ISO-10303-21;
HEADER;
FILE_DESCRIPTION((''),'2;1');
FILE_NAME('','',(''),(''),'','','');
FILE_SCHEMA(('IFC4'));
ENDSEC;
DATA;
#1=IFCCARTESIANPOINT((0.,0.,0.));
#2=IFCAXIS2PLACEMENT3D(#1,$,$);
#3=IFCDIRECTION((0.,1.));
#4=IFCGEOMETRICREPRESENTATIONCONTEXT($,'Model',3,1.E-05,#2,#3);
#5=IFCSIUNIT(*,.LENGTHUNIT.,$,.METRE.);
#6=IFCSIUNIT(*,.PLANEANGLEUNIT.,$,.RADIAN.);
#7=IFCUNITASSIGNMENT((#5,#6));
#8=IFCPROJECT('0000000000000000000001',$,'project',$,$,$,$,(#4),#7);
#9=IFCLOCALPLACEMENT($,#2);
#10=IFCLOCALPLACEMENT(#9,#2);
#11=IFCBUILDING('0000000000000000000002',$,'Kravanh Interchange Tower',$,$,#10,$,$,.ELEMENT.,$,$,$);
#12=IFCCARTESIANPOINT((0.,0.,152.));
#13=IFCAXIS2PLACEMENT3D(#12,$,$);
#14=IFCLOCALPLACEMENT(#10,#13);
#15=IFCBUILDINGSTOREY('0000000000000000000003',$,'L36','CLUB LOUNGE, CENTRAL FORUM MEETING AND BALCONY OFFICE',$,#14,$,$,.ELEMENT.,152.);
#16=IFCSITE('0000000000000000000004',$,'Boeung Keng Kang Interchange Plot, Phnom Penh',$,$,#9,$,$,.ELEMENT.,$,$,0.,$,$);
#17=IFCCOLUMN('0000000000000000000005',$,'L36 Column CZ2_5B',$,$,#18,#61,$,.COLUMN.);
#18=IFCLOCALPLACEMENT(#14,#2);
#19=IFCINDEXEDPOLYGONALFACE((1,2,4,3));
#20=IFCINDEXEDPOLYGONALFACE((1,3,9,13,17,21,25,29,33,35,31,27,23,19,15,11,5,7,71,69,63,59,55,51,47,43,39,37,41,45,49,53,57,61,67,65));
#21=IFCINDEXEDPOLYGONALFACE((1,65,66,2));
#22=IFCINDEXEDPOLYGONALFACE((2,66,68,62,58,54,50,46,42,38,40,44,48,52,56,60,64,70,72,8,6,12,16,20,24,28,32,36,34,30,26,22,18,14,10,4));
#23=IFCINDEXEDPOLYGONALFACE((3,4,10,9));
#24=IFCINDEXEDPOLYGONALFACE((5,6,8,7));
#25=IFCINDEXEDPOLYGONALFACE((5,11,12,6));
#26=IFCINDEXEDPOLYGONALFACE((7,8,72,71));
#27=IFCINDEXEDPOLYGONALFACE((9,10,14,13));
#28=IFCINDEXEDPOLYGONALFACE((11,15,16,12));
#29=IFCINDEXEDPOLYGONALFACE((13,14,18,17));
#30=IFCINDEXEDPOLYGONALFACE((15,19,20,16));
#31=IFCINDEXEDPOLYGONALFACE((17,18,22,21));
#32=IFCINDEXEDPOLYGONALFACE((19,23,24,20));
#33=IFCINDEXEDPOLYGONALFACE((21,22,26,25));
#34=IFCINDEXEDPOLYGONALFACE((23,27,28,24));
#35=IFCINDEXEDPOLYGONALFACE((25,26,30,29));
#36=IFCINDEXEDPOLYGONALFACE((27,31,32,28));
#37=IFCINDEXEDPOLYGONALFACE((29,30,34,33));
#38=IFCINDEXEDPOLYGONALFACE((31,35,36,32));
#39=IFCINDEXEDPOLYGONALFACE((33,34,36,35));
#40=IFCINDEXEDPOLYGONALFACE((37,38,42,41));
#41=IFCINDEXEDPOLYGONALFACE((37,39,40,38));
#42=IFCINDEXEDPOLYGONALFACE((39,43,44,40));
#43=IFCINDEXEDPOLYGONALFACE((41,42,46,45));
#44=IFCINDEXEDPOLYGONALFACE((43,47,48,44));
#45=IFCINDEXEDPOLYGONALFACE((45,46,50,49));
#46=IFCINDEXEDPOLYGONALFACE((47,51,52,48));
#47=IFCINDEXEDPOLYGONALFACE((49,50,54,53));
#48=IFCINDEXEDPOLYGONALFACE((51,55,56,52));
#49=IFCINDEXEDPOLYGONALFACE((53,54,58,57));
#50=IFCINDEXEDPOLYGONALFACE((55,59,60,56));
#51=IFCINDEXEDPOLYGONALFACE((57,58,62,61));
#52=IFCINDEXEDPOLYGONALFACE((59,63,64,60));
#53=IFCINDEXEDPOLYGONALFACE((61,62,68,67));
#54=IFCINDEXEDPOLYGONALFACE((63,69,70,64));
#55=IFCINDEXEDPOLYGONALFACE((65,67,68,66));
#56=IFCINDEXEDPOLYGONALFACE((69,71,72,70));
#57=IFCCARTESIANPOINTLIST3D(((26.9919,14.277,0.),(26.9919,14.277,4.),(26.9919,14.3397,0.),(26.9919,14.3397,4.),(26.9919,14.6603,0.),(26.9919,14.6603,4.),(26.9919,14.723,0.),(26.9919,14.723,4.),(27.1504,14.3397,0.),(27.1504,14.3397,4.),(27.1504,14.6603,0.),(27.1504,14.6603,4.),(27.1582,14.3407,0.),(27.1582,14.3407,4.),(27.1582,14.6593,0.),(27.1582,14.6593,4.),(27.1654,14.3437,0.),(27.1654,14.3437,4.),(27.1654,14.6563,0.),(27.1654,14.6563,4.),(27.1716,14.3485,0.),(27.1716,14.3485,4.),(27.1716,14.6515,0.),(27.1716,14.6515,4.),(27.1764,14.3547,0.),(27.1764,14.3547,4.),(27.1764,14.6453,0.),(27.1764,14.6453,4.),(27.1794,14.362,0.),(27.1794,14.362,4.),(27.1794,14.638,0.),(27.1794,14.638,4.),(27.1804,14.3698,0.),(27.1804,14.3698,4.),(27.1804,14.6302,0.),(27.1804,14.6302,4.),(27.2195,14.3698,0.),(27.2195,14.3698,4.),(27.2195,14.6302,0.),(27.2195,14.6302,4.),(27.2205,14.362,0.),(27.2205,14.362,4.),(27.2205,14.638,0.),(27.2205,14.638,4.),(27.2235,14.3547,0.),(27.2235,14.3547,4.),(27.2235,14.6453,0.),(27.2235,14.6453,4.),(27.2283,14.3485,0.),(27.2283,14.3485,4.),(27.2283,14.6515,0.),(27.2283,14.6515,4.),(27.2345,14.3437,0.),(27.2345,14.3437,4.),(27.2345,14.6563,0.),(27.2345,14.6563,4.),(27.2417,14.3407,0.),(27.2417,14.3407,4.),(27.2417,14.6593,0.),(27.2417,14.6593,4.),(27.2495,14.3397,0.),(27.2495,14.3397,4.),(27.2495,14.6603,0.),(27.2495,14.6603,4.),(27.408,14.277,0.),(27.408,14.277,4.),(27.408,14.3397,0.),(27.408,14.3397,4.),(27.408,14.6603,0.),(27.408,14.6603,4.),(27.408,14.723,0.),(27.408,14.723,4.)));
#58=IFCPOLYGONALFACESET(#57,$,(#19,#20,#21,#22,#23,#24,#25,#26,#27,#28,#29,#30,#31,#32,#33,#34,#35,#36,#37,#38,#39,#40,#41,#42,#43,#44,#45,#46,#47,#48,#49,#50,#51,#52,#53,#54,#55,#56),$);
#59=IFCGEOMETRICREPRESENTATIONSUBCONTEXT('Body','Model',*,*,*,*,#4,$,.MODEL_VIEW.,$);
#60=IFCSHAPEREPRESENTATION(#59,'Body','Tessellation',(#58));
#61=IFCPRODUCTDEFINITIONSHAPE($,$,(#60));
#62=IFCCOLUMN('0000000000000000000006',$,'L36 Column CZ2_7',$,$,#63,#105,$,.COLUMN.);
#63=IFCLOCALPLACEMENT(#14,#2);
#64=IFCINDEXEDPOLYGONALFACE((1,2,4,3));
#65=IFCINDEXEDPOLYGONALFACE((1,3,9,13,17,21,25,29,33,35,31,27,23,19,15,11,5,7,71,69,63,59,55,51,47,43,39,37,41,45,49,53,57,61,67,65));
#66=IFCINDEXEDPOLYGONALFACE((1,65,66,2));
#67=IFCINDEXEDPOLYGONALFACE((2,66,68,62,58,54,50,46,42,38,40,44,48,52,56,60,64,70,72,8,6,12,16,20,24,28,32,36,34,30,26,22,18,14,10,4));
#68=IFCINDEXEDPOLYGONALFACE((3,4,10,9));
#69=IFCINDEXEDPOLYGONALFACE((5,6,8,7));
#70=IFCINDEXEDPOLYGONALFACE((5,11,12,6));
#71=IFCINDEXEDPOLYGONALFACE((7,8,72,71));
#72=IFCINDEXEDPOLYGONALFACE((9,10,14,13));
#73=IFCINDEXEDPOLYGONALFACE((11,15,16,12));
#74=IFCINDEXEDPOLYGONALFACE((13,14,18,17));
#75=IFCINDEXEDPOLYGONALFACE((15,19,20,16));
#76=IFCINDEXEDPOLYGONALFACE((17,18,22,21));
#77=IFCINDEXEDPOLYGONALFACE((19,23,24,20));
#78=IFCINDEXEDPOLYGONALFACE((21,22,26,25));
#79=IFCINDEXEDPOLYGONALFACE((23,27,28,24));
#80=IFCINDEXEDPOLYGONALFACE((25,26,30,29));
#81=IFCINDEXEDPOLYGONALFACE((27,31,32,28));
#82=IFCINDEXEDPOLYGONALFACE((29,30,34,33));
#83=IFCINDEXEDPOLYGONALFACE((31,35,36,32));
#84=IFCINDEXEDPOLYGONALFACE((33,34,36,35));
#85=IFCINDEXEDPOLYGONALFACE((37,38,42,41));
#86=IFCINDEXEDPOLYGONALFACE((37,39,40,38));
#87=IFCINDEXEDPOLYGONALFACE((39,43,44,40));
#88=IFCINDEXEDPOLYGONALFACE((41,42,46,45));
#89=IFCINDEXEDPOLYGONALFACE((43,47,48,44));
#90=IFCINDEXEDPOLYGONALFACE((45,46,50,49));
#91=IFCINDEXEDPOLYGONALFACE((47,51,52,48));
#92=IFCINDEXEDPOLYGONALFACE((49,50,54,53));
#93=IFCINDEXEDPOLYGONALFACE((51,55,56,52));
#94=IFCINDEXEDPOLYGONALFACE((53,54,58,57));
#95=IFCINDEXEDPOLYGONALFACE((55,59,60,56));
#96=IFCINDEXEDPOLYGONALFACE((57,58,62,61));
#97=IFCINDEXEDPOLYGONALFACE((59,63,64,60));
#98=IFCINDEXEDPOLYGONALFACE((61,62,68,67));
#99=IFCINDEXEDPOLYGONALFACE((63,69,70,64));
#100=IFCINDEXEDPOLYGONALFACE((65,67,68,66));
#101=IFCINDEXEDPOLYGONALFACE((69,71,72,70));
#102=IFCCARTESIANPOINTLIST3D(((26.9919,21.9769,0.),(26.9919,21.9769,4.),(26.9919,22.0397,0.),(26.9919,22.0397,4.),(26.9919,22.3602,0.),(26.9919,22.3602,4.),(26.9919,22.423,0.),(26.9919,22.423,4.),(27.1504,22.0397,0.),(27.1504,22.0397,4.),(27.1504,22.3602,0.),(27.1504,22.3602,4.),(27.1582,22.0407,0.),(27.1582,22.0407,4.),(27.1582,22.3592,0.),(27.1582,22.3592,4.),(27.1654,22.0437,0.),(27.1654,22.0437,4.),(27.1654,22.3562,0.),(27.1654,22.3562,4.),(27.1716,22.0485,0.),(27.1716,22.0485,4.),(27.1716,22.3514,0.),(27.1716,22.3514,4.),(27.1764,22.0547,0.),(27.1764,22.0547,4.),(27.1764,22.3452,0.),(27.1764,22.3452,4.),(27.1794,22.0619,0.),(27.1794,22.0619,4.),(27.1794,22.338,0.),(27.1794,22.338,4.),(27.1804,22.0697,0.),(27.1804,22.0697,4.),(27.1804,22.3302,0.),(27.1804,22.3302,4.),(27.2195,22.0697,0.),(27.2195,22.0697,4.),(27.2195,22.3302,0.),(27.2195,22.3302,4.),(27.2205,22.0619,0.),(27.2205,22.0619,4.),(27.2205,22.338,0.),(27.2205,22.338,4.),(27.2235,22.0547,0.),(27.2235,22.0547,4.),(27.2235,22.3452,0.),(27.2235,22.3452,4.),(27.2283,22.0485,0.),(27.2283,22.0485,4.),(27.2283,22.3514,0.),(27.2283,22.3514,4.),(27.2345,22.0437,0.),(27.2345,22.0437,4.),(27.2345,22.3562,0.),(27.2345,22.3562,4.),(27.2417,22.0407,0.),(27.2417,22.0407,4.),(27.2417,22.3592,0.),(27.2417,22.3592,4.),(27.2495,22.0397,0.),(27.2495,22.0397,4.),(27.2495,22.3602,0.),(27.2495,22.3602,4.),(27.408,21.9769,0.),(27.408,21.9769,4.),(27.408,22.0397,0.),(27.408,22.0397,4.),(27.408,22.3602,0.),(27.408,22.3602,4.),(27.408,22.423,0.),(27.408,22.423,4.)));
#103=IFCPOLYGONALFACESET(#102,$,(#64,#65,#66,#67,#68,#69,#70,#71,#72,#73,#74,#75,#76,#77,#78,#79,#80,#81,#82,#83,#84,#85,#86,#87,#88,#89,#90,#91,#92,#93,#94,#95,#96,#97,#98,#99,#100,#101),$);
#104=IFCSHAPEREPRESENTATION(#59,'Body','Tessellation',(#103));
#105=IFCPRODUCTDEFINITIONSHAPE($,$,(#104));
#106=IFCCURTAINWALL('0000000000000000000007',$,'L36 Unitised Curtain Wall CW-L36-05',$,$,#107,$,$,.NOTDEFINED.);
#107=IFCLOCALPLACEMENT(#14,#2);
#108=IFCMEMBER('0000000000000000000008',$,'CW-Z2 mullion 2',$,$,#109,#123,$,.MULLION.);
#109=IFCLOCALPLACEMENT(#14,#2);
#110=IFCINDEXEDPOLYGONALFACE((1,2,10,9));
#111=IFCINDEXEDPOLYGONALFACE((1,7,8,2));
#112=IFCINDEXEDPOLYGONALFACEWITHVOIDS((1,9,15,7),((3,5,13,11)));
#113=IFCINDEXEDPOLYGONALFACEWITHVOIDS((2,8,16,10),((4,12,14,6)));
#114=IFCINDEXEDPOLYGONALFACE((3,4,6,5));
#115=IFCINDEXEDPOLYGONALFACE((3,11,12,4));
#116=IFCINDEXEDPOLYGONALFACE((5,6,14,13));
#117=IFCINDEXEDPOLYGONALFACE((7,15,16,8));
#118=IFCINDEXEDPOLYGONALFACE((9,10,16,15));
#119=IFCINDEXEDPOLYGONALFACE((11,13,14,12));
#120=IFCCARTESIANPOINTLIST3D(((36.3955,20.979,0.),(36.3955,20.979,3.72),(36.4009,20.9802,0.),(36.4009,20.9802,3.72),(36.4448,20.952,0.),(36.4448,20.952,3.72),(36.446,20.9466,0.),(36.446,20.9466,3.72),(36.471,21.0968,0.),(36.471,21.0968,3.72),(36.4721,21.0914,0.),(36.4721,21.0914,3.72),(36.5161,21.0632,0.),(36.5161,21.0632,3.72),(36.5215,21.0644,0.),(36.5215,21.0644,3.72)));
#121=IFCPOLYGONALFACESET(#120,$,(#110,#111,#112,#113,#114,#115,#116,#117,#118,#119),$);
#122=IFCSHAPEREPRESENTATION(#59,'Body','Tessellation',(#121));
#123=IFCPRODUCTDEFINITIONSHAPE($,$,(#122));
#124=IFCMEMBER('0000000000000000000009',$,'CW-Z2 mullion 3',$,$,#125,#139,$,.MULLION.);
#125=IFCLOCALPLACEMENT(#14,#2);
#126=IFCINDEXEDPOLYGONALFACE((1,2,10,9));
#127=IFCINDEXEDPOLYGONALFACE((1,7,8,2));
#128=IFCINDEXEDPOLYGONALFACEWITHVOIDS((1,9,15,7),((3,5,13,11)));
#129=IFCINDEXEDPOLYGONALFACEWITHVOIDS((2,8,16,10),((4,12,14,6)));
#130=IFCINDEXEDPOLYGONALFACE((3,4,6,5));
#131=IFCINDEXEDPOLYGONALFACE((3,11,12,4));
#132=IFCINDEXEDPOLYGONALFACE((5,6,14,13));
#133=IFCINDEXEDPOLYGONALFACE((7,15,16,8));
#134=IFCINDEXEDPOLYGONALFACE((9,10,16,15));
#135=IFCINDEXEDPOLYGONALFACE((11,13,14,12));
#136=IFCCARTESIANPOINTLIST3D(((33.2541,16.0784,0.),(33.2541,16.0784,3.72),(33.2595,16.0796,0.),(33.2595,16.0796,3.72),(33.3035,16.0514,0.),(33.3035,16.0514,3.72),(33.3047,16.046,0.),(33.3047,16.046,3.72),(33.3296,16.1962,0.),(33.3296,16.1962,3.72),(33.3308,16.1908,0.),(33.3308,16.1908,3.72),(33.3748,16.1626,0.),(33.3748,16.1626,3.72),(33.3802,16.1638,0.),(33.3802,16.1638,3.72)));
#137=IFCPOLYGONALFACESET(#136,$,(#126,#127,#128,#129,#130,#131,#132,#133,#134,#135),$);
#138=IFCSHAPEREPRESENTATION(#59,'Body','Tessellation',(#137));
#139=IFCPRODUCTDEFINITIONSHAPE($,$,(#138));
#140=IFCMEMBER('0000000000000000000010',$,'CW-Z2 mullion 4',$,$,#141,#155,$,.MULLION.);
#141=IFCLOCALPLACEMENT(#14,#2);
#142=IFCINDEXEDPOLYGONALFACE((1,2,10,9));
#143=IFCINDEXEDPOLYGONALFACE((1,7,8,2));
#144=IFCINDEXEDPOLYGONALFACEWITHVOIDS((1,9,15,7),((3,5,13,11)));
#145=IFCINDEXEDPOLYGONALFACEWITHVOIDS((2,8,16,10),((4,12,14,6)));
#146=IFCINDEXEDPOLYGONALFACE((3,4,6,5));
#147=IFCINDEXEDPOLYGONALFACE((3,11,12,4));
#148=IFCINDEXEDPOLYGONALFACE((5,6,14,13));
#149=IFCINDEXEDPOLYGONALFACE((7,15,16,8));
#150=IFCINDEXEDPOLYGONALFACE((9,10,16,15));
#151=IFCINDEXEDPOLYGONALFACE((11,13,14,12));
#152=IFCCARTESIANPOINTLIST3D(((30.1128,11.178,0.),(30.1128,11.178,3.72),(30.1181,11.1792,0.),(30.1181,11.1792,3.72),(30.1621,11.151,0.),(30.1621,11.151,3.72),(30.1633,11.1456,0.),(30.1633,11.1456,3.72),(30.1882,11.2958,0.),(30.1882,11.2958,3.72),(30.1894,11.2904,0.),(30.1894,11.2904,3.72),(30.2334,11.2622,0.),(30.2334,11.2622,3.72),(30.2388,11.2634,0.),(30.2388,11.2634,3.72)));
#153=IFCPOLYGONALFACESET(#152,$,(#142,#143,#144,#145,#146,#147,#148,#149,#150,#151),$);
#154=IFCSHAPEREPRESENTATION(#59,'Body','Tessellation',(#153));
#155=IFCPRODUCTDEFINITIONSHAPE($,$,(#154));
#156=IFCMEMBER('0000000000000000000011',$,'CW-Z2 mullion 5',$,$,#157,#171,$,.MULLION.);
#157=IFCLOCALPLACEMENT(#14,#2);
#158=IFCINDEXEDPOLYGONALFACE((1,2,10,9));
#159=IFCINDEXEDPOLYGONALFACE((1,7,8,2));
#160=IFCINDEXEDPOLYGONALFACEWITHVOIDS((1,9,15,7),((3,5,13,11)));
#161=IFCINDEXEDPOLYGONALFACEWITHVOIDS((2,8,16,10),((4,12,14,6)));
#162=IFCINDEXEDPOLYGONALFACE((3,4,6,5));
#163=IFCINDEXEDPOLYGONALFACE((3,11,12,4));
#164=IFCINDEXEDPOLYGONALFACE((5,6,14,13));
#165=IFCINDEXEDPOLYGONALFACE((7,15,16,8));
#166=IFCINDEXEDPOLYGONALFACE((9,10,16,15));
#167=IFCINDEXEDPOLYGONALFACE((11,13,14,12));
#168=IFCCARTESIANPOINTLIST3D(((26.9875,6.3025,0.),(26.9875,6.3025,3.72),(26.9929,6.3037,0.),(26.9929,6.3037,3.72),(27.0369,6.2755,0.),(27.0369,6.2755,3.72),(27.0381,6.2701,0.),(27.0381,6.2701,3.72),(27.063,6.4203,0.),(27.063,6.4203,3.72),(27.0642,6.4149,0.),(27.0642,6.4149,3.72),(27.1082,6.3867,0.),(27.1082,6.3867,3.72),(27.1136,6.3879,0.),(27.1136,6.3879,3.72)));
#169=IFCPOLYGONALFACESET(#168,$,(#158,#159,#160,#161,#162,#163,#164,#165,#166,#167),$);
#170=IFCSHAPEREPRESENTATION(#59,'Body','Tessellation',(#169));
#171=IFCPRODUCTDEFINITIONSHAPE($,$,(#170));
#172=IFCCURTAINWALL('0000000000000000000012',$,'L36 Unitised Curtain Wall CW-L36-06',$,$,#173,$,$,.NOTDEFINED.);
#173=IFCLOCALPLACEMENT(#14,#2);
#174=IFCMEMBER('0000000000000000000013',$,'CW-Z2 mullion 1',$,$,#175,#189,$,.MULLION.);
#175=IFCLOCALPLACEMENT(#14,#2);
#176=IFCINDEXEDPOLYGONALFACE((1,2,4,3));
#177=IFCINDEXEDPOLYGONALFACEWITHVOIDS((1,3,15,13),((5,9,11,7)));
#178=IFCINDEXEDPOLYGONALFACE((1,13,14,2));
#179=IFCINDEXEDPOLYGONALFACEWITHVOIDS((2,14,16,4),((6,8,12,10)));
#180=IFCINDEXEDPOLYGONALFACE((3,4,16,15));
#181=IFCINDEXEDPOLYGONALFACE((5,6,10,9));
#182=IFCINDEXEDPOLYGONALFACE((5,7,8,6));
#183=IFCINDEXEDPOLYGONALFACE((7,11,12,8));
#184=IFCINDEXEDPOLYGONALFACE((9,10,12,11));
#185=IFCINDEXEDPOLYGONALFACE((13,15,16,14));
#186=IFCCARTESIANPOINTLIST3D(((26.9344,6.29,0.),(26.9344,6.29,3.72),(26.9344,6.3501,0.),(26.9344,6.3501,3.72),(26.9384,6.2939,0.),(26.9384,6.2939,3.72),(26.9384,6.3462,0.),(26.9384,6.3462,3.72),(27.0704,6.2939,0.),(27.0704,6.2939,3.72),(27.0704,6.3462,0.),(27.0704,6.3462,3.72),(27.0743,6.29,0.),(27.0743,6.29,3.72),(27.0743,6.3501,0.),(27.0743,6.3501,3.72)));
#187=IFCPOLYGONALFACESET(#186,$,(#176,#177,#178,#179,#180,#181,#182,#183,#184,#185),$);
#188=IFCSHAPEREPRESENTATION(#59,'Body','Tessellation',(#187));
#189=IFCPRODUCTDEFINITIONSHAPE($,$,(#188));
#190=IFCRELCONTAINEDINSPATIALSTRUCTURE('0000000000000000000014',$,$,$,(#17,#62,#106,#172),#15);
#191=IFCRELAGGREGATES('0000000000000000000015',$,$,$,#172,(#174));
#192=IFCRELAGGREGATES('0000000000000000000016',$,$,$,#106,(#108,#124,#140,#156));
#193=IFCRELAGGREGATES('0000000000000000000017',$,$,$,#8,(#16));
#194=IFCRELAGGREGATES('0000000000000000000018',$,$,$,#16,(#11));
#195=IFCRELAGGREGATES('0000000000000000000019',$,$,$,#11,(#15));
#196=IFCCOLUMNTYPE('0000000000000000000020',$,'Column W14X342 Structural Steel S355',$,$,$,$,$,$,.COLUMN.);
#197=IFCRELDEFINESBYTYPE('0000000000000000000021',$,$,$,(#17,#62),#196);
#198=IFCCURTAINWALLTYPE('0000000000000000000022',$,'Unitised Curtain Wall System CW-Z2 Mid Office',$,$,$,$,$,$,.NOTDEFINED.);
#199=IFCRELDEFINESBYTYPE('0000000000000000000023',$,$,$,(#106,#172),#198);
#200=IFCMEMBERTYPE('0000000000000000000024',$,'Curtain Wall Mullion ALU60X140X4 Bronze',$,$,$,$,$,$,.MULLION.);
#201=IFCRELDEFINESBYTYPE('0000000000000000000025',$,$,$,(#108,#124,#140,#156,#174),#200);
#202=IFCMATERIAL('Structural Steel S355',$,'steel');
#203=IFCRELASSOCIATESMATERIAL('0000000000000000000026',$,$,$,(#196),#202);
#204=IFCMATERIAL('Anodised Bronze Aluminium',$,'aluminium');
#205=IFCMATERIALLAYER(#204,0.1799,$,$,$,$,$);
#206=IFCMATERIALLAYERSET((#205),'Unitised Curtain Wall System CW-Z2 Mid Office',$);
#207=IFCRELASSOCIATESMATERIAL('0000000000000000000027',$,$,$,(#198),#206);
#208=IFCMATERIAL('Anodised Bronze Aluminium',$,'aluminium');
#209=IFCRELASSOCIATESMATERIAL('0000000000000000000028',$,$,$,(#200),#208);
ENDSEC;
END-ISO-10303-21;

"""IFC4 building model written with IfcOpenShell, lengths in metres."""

from ifc_helpers import new_model, si_unit, direction, frame, origin, origin_2d, place, context, subcontext, project, spatial, hollow_rectangle, i_section, extrude, material, layer, layer_set, material_profile, profile_set, type_object, element, aggregate, save


model = new_model("IFC4")

# Units and contexts
model_context = context("Model", 3, precision=1e-05, world=origin(), true_north=direction((0.0, 1.0)))
body_context = subcontext(model_context, "Body", "Model", "MODEL_VIEW")
ifc_project = project(units=[si_unit("LENGTHUNIT", "METRE"), si_unit("PLANEANGLEUNIT", "RADIAN")], contexts=[model_context])

# Site, building, storey
site_placement = place(None, origin())
site = spatial("IfcSite", under=ifc_project, at=site_placement, Name="Boeung Keng Kang Interchange Plot, Phnom Penh", CompositionType="ELEMENT", RefElevation=0.0)
building_placement = place(site_placement, origin())
building = spatial("IfcBuilding", under=site, at=building_placement, Name="Kravanh Interchange Tower", CompositionType="ELEMENT")
storey_placement = place(building_placement, frame((0.0, 0.0, 152.0)))
storey = spatial("IfcBuildingStorey", under=building, at=storey_placement, Name="L36", Description="CLUB LOUNGE, CENTRAL FORUM MEETING AND BALCONY OFFICE", CompositionType="ELEMENT", Elevation=152.0)

# Columns
ifc_material_1 = material(Name="Structural Steel S355", Category="steel")
ifc_material_profile_1 = material_profile(ifc_material_1, i_section(OverallWidth=0.416, OverallDepth=0.446, WebThickness=0.0391, FlangeThickness=0.0627, FilletRadius=0.03, at=origin_2d()), Name="W14X342")
ifc_profile_set_1 = profile_set([ifc_material_profile_1], Name="Structural Steel S355")
column_type = type_object("IfcColumnType", Name="Column W14X342 Structural Steel S355", PredefinedType="COLUMN", material=ifc_profile_set_1)
for number, where, z_axis, x_axis, name in (
    (1, (27.2, 14.5, 0.0), (0.0, 0.0, 1.0), (1.0, 0.0, 0.0), "L36 Column CZ2_5B"),
    (2, (27.2, 22.2, 0.0), (0.0, 0.0, 1.0), (1.0, 0.0, 0.0), "L36 Column CZ2_7"),
):
    element("IfcColumn", number, at=place(storey_placement, frame(where, z_axis=z_axis, x_axis=x_axis)), inside=storey, type_object=column_type, Name=name, PredefinedType="COLUMN", context=body_context, shape_type="SweptSolid", body=[
        extrude(i_section(OverallWidth=0.416, OverallDepth=0.446, WebThickness=0.0391, FlangeThickness=0.0627, FilletRadius=0.03, at=origin_2d()), origin(), (0.0, 0.0, 1.0), 4.0),
    ])

# Curtain wall, members
ifc_material_2 = material(Name="Anodised Bronze Aluminium", Category="aluminium")
ifc_layer_1 = layer(ifc_material_2, 0.1799)
ifc_layer_set_1 = layer_set([ifc_layer_1], Name="Unitised Curtain Wall System CW-Z2 Mid Office")
curtain_wall_type = type_object("IfcCurtainWallType", Name="Unitised Curtain Wall System CW-Z2 Mid Office", PredefinedType="NOTDEFINED", material=ifc_layer_set_1)
curtain_wall_1_placement = place(storey_placement, origin())
curtain_wall_1 = element("IfcCurtainWall", 3, at=curtain_wall_1_placement, inside=storey, type_object=curtain_wall_type, Name="L36 Unitised Curtain Wall CW-L36-05", PredefinedType="NOTDEFINED")
ifc_material_3 = material(Name="Anodised Bronze Aluminium", Category="aluminium")
ifc_material_profile_2 = material_profile(ifc_material_3, hollow_rectangle(XDim=0.0601, YDim=0.1399, WallThickness=0.0039, at=origin_2d()), Name="ALU60X140X4")
ifc_profile_set_2 = profile_set([ifc_material_profile_2], Name="Anodised Bronze Aluminium")
member_type_1 = type_object("IfcMemberType", Name="Curtain Wall Mullion ALU60X140X4 Bronze", PredefinedType="MULLION", material=ifc_profile_set_2)
member_1_placement = place(storey_placement, frame((36.4585, 21.0217, 0.0), z_axis=(0.0, 0.0, 1.0), x_axis=(0.84188, -0.539665, 0.0)))
member_1 = element("IfcMember", 4, at=member_1_placement, type_object=member_type_1, Name="CW-Z2 mullion 2", PredefinedType="MULLION", context=body_context, shape_type="SweptSolid", body=[
    extrude(hollow_rectangle(XDim=0.0601, YDim=0.1399, WallThickness=0.0039, at=origin_2d()), origin(), (0.0, 0.0, 1.0), 3.72),
])
member_2_placement = place(storey_placement, frame((33.3171, 16.1211, 0.0), z_axis=(0.0, 0.0, 1.0), x_axis=(0.84188, -0.539665, 0.0)))
member_2 = element("IfcMember", 5, at=member_2_placement, type_object=member_type_1, Name="CW-Z2 mullion 3", PredefinedType="MULLION", context=body_context, shape_type="SweptSolid", body=[
    extrude(hollow_rectangle(XDim=0.0601, YDim=0.1399, WallThickness=0.0039, at=origin_2d()), origin(), (0.0, 0.0, 1.0), 3.72),
])
member_3_placement = place(storey_placement, frame((30.1758, 11.2207, 0.0), z_axis=(0.0, 0.0, 1.0), x_axis=(0.84188, -0.539665, 0.0)))
member_3 = element("IfcMember", 6, at=member_3_placement, type_object=member_type_1, Name="CW-Z2 mullion 4", PredefinedType="MULLION", context=body_context, shape_type="SweptSolid", body=[
    extrude(hollow_rectangle(XDim=0.0601, YDim=0.1399, WallThickness=0.0039, at=origin_2d()), origin(), (0.0, 0.0, 1.0), 3.72),
])
member_4_placement = place(storey_placement, frame((27.0505, 6.3452, 0.0), z_axis=(0.0, 0.0, 1.0), x_axis=(0.84188, -0.539665, 0.0)))
member_4 = element("IfcMember", 7, at=member_4_placement, type_object=member_type_1, Name="CW-Z2 mullion 5", PredefinedType="MULLION", context=body_context, shape_type="SweptSolid", body=[
    extrude(hollow_rectangle(XDim=0.0601, YDim=0.1399, WallThickness=0.0039, at=origin_2d()), origin(), (0.0, 0.0, 1.0), 3.72),
])

# Curtain wall, member
curtain_wall_2_placement = place(storey_placement, origin())
curtain_wall_2 = element("IfcCurtainWall", 8, at=curtain_wall_2_placement, inside=storey, type_object=curtain_wall_type, Name="L36 Unitised Curtain Wall CW-L36-06", PredefinedType="NOTDEFINED")
member_5_placement = place(storey_placement, frame((27.0044, 6.3201, 0.0), z_axis=(0.0, 0.0, 1.0), x_axis=(0.0, -1.0, 0.0)))
member_5 = element("IfcMember", 9, at=member_5_placement, type_object=member_type_1, Name="CW-Z2 mullion 1", PredefinedType="MULLION", context=body_context, shape_type="SweptSolid", body=[
    extrude(hollow_rectangle(XDim=0.0601, YDim=0.1399, WallThickness=0.0039, at=origin_2d()), origin(), (0.0, 0.0, 1.0), 3.72),
])

aggregate(curtain_wall_2, [member_5])

aggregate(curtain_wall_1, [member_1, member_2, member_3, member_4])

save(model, "model.ifc")
